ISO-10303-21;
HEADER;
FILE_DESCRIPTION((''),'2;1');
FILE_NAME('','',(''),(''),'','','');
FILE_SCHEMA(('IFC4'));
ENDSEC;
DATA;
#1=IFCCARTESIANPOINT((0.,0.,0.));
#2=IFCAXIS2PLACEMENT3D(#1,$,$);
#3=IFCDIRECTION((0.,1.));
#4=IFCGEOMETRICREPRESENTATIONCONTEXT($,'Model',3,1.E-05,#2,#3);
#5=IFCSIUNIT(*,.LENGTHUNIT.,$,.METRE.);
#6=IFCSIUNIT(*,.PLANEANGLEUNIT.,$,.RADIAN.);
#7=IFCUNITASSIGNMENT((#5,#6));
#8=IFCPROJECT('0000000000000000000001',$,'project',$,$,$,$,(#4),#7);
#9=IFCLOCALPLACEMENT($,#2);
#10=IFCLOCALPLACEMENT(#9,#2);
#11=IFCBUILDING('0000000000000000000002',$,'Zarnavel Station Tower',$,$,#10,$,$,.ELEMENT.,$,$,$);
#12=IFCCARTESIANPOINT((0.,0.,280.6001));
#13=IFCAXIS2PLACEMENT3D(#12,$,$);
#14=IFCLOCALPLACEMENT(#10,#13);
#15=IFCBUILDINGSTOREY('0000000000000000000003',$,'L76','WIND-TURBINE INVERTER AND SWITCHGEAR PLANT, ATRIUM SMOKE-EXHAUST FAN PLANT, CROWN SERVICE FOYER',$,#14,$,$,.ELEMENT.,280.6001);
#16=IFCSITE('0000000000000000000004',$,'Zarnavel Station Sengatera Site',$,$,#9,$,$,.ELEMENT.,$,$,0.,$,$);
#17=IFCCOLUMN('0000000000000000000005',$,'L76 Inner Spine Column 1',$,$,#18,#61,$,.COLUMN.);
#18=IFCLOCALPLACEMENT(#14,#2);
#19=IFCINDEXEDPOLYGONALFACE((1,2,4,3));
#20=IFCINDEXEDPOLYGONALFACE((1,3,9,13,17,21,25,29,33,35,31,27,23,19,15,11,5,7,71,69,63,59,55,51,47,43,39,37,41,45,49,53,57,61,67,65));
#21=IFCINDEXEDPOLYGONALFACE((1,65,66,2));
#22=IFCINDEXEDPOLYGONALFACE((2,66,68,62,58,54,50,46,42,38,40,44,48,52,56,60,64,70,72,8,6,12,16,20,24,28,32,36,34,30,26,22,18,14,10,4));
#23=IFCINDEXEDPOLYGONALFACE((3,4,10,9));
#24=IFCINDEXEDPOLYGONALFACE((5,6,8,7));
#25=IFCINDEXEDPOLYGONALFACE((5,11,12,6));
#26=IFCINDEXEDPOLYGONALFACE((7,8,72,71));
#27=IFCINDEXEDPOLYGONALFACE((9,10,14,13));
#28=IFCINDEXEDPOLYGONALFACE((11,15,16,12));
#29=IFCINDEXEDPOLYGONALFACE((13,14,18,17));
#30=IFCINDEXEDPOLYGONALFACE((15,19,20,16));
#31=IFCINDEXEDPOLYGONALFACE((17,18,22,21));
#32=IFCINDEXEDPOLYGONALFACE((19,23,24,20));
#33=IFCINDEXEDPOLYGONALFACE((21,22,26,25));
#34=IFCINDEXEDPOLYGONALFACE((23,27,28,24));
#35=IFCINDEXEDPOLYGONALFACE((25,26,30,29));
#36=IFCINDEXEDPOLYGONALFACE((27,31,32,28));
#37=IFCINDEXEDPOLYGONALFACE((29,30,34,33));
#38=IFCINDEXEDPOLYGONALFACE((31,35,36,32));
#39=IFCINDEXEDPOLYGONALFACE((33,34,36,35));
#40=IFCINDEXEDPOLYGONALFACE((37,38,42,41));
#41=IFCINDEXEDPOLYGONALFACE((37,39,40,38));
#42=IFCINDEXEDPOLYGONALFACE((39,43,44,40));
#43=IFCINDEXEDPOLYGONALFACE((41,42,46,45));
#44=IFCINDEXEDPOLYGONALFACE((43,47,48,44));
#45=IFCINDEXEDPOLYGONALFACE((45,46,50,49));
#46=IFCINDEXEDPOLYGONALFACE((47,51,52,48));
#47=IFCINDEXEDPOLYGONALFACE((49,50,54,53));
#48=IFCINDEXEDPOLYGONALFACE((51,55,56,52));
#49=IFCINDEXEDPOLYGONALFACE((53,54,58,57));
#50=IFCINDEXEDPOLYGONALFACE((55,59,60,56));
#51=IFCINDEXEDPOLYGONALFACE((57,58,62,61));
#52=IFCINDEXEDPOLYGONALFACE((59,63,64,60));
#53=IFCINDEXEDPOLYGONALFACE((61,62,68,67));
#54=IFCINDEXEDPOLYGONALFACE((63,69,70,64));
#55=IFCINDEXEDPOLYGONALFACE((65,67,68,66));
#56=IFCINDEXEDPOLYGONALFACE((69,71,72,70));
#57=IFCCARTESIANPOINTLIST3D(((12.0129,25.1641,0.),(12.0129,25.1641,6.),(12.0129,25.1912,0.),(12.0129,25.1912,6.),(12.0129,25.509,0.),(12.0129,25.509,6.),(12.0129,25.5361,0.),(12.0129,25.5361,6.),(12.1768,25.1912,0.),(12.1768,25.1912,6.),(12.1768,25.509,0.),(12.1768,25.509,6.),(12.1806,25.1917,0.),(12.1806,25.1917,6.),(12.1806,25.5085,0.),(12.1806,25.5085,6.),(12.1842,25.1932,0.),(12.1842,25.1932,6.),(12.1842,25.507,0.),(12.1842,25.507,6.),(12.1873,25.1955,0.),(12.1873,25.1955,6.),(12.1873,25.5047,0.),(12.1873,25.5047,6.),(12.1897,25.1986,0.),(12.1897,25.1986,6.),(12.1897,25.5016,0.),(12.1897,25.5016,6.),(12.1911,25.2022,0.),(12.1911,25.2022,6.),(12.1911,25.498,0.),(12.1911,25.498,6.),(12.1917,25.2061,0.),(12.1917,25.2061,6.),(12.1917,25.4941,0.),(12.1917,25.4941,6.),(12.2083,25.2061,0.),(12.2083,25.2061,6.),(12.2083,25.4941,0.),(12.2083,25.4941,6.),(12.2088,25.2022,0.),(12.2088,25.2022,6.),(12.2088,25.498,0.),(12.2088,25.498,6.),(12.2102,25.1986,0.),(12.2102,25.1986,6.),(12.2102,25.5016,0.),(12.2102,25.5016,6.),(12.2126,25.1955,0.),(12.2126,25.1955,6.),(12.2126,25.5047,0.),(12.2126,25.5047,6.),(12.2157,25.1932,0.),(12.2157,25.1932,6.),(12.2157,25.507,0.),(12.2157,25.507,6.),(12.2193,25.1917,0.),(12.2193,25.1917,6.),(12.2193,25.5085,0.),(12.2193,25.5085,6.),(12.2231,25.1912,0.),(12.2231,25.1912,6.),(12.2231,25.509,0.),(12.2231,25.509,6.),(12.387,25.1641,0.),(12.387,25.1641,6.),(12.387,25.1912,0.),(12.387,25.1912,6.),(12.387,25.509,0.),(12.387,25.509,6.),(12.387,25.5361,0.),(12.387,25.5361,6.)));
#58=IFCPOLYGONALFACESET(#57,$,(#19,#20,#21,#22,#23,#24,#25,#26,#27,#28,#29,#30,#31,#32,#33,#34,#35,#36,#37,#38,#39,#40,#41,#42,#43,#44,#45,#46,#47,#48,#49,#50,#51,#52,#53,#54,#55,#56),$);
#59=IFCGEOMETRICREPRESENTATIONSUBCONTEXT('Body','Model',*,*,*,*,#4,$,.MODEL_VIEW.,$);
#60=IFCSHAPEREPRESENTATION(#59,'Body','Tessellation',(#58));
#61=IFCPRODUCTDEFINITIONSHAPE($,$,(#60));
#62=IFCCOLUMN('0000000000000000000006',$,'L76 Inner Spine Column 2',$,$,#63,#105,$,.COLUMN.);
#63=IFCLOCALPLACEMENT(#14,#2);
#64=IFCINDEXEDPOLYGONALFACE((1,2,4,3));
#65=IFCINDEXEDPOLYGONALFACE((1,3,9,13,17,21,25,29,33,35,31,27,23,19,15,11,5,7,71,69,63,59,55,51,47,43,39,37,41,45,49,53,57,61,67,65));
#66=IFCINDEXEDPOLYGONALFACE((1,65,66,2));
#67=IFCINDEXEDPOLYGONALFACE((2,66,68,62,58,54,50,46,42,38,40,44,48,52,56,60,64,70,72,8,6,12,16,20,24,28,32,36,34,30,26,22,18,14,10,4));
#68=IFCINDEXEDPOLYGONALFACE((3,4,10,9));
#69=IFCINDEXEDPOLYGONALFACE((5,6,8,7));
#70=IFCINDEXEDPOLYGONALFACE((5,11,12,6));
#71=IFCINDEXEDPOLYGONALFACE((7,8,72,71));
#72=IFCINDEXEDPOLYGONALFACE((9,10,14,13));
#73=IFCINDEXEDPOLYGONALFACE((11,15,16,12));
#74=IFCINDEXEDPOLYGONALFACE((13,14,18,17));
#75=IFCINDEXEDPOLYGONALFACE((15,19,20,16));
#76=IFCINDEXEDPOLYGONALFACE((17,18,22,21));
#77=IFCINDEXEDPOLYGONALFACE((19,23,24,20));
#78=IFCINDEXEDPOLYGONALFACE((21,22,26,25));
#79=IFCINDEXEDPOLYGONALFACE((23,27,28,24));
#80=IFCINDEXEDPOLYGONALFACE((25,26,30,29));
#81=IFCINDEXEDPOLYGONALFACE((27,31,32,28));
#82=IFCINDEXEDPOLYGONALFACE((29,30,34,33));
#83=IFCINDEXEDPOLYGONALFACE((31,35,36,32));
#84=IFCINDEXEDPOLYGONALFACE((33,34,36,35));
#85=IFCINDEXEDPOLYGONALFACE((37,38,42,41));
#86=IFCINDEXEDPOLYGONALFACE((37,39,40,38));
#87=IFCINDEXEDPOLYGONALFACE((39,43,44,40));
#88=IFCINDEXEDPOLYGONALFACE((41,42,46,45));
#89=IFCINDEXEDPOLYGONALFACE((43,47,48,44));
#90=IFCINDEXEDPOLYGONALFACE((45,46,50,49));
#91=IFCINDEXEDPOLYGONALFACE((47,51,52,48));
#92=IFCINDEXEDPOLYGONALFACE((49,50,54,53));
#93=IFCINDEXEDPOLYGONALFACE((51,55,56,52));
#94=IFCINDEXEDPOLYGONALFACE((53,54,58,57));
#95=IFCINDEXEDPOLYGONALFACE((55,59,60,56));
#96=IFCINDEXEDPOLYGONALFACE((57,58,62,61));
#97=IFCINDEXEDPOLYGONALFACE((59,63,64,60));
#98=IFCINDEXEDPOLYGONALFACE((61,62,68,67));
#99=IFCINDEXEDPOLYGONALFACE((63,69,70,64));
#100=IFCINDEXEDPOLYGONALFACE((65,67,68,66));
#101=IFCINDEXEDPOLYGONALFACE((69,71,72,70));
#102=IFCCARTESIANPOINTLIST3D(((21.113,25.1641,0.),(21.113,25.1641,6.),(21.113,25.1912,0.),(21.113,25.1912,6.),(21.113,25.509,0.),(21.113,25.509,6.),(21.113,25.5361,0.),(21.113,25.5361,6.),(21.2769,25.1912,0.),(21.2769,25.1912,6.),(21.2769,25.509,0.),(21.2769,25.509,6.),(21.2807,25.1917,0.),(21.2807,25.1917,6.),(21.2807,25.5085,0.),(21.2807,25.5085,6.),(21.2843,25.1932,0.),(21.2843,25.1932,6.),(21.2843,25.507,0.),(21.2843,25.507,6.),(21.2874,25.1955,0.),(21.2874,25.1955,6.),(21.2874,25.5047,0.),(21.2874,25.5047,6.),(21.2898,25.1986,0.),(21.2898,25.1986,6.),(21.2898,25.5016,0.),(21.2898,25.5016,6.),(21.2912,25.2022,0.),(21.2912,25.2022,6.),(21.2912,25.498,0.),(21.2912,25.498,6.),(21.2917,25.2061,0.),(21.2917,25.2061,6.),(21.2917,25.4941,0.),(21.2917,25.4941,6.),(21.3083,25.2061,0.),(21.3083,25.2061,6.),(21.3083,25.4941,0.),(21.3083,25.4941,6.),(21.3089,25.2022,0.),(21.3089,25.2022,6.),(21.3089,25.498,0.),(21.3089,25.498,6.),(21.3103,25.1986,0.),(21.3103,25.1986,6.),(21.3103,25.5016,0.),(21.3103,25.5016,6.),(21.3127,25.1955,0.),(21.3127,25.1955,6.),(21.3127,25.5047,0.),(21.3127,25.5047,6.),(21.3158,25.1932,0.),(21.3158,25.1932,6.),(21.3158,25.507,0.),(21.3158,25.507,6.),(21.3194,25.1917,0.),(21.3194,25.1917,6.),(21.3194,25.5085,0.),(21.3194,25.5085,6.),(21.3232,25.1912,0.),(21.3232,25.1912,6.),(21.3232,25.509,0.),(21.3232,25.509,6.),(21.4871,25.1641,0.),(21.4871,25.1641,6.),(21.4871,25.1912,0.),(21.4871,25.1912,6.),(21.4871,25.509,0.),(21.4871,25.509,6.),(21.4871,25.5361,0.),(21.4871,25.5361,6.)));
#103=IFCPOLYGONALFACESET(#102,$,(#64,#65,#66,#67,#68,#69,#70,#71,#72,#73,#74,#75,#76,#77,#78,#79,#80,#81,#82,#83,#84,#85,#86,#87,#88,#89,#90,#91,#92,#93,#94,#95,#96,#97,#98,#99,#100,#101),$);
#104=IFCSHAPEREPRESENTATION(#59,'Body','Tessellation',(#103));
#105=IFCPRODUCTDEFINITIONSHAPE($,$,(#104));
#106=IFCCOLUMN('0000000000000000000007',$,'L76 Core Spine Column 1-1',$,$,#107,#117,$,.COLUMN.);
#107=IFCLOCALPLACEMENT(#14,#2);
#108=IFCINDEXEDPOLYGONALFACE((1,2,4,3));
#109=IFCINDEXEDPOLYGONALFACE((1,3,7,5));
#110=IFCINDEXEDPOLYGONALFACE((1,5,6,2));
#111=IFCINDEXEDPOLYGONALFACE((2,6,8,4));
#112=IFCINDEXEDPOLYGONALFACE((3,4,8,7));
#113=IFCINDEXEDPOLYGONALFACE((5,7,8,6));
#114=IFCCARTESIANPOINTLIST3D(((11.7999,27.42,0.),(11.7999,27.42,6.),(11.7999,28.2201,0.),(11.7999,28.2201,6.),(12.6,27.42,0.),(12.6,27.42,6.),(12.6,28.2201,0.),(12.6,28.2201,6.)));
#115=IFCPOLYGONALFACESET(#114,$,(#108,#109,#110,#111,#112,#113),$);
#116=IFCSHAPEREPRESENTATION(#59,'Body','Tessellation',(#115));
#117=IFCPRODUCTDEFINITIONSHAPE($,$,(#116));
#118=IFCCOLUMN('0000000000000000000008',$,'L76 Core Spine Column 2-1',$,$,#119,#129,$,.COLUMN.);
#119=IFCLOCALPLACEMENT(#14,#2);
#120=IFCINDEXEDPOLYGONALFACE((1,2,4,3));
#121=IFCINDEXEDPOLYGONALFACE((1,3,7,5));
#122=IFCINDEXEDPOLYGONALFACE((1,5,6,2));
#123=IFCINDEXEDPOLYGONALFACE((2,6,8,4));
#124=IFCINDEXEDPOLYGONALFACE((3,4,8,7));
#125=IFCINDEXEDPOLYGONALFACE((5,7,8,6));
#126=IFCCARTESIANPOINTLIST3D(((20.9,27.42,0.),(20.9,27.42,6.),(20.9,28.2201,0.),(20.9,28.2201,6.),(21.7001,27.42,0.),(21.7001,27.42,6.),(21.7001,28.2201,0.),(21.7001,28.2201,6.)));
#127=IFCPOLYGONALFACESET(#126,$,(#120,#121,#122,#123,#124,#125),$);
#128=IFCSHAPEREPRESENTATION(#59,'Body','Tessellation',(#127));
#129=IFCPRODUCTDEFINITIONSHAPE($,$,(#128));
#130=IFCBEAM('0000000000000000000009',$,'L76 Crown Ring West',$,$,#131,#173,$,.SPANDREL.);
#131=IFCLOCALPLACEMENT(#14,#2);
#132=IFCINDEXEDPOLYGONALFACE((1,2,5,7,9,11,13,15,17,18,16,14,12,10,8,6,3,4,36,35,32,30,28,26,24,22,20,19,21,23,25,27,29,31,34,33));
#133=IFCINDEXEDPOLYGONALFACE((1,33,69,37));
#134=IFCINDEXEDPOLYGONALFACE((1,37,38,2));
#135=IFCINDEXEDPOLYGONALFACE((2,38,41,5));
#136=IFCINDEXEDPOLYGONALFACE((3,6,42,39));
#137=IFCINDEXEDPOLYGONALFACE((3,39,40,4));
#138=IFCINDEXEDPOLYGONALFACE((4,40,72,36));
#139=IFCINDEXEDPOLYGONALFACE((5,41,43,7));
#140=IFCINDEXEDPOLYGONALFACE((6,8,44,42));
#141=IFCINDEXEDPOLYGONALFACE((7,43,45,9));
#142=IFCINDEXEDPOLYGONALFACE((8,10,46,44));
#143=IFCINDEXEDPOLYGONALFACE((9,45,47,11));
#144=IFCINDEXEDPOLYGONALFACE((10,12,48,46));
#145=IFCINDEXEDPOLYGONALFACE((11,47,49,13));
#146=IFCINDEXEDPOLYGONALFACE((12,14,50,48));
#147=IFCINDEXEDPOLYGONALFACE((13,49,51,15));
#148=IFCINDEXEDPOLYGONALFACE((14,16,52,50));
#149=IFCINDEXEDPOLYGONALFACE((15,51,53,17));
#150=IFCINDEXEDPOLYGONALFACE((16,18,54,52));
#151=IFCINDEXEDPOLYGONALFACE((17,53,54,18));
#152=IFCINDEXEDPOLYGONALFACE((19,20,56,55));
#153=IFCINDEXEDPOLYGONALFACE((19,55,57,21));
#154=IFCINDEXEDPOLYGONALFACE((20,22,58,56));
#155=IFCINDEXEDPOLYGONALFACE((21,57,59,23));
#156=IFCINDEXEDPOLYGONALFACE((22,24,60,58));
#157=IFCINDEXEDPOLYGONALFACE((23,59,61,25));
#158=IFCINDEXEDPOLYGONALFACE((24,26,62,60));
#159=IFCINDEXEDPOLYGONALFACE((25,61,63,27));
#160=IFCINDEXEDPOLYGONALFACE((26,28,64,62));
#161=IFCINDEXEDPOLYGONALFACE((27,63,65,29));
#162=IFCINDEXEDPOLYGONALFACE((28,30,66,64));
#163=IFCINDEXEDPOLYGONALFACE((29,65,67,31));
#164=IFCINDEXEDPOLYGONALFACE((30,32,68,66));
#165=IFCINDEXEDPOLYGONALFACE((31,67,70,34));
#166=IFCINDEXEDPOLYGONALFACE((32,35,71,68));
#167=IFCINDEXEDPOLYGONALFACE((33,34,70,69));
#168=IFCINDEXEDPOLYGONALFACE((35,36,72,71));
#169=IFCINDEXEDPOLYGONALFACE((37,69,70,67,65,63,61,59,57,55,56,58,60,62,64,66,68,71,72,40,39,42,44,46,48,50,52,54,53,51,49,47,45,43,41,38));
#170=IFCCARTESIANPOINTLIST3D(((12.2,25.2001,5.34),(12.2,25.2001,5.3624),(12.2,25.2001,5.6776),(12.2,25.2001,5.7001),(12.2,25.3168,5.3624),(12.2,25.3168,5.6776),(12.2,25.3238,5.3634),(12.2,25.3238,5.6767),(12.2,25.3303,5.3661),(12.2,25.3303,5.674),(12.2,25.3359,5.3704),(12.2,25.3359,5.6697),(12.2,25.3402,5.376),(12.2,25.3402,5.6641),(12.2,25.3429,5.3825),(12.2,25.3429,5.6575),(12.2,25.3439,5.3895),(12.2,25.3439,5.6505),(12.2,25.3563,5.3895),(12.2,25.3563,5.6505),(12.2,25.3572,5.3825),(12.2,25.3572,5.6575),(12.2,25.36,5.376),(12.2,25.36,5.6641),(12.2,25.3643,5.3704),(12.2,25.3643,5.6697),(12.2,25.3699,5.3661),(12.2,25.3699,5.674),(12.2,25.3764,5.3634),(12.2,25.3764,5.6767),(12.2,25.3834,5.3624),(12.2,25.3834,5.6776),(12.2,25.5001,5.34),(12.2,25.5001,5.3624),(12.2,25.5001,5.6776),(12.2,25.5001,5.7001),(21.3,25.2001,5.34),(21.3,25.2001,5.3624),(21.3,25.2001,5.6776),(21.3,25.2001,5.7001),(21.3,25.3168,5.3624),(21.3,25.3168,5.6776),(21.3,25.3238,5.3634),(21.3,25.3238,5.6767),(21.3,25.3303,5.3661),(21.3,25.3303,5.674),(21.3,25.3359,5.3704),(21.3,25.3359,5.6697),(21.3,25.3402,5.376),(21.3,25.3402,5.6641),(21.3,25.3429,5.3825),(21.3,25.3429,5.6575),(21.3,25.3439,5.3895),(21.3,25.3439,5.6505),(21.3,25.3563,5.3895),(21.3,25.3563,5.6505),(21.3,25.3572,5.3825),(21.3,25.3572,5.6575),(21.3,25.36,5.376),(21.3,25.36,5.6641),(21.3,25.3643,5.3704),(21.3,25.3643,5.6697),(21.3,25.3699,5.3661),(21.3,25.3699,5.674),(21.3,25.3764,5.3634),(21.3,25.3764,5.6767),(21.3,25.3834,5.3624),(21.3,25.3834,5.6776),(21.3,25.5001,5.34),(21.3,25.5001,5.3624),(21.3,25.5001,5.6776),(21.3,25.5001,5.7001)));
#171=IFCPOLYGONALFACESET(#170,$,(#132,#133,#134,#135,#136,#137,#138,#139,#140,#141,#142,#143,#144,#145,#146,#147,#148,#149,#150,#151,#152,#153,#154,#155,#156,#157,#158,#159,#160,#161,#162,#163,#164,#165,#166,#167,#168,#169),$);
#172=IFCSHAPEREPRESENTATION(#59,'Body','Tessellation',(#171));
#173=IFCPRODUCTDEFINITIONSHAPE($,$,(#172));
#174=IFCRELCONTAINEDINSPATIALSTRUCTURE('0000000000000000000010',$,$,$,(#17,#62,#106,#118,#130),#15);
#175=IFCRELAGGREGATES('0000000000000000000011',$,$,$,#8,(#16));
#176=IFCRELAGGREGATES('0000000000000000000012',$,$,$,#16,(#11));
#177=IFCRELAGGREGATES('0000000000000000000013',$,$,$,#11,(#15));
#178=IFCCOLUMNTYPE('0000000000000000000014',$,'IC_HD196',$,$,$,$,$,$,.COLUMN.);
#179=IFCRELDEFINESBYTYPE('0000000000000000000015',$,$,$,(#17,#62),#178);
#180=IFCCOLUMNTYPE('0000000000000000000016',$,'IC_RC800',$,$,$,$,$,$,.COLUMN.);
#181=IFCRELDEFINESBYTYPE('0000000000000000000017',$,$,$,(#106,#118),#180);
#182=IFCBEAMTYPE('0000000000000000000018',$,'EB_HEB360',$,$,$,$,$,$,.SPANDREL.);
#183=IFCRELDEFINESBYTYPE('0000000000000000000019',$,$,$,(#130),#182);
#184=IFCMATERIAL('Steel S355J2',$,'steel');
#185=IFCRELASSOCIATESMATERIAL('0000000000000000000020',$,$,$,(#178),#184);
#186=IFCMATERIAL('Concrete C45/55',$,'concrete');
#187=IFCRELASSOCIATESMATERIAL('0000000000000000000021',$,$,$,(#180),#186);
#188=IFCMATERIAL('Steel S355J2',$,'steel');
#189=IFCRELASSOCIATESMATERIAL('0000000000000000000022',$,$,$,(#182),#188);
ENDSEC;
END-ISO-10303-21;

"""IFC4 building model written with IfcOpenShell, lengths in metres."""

from ifc_helpers import new_model, si_unit, direction, frame, origin, origin_2d, place, context, subcontext, project, spatial, rectangle, i_section, extrude, material, material_profile, profile_set, type_object, element, save


model = new_model("IFC4")

# Units and contexts
model_context = context("Model", 3, precision=1e-05, world=origin(), true_north=direction((0.0, 1.0)))
body_context = subcontext(model_context, "Body", "Model", "MODEL_VIEW")
ifc_project = project(units=[si_unit("LENGTHUNIT", "METRE"), si_unit("PLANEANGLEUNIT", "RADIAN")], contexts=[model_context])

# Site, building, storey
site_placement = place(None, origin())
site = spatial("IfcSite", under=ifc_project, at=site_placement, Name="Zarnavel Station Sengatera Site", CompositionType="ELEMENT", RefElevation=0.0)
building_placement = place(site_placement, origin())
building = spatial("IfcBuilding", under=site, at=building_placement, Name="Zarnavel Station Tower", CompositionType="ELEMENT")
storey_placement = place(building_placement, frame((0.0, 0.0, 280.6001)))
storey = spatial("IfcBuildingStorey", under=building, at=storey_placement, Name="L76", Description="WIND-TURBINE INVERTER AND SWITCHGEAR PLANT, ATRIUM SMOKE-EXHAUST FAN PLANT, CROWN SERVICE FOYER", CompositionType="ELEMENT", Elevation=280.6001)

# Columns
ifc_material_1 = material(Name="Steel S355J2", Category="steel")
ifc_material_profile_1 = material_profile(ifc_material_1, i_section(OverallWidth=0.374, OverallDepth=0.3721, WebThickness=0.0166, FlangeThickness=0.0271, FilletRadius=0.0149, at=origin_2d()), Name="HD360x196")
ifc_profile_set_1 = profile_set([ifc_material_profile_1], Name="Steel S355J2")
column_type_1 = type_object("IfcColumnType", Name="IC_HD196", PredefinedType="COLUMN", material=ifc_profile_set_1)
for number, where, z_axis, x_axis, name in (
    (1, (12.2, 25.3501, 0.0), (0.0, 0.0, 1.0), (1.0, 0.0, 0.0), "L76 Inner Spine Column 1"),
    (2, (21.3, 25.3501, 0.0), (0.0, 0.0, 1.0), (1.0, 0.0, 0.0), "L76 Inner Spine Column 2"),
):
    element("IfcColumn", number, at=place(storey_placement, frame(where, z_axis=z_axis, x_axis=x_axis)), inside=storey, type_object=column_type_1, Name=name, PredefinedType="COLUMN", context=body_context, shape_type="SweptSolid", body=[
        extrude(i_section(OverallWidth=0.374, OverallDepth=0.3721, WebThickness=0.0166, FlangeThickness=0.0271, FilletRadius=0.0149, at=origin_2d()), origin(), (0.0, 0.0, 1.0), 6.0),
    ])
ifc_material_2 = material(Name="Concrete C45/55", Category="concrete")
ifc_material_profile_2 = material_profile(ifc_material_2, rectangle(XDim=0.8, YDim=0.8, at=origin_2d()), Name="RC800x800")
ifc_profile_set_2 = profile_set([ifc_material_profile_2], Name="Concrete C45/55")
column_type_2 = type_object("IfcColumnType", Name="IC_RC800", PredefinedType="COLUMN", material=ifc_profile_set_2)
for number, where, z_axis, x_axis, name in (
    (3, (12.2, 27.8201, 0.0), (0.0, 0.0, 1.0), (1.0, 0.0, 0.0), "L76 Core Spine Column 1-1"),
    (4, (21.3, 27.8201, 0.0), (0.0, 0.0, 1.0), (1.0, 0.0, 0.0), "L76 Core Spine Column 2-1"),
):
    element("IfcColumn", number, at=place(storey_placement, frame(where, z_axis=z_axis, x_axis=x_axis)), inside=storey, type_object=column_type_2, Name=name, PredefinedType="COLUMN", context=body_context, shape_type="SweptSolid", body=[
        extrude(rectangle(XDim=0.8, YDim=0.8, at=origin_2d()), origin(), (0.0, 0.0, 1.0), 6.0),
    ])

# Beam
ifc_material_3 = material(Name="Steel S355J2", Category="steel")
ifc_material_profile_3 = material_profile(ifc_material_3, i_section(OverallWidth=0.3, OverallDepth=0.3601, WebThickness=0.0125, FlangeThickness=0.0225, FilletRadius=0.0271, at=origin_2d()), Name="HEB360")
ifc_profile_set_3 = profile_set([ifc_material_profile_3], Name="Steel S355J2")
beam_type_1 = type_object("IfcBeamType", Name="EB_HEB360", PredefinedType="SPANDREL", material=ifc_profile_set_3)
beam_1_placement = place(storey_placement, frame((12.2, 25.3501, 5.52), z_axis=(1.0, 0.0, 0.0), x_axis=(0.0, 1.0, 0.0)))
element("IfcBeam", 5, at=beam_1_placement, inside=storey, type_object=beam_type_1, Name="L76 Crown Ring West", PredefinedType="SPANDREL", context=body_context, shape_type="SweptSolid", body=[
    extrude(i_section(OverallWidth=0.3, OverallDepth=0.3601, WebThickness=0.0125, FlangeThickness=0.0225, FilletRadius=0.0271, at=origin_2d()), origin(), (0.0, 0.0, 1.0), 9.1001),
])

save(model, "model.ifc")
